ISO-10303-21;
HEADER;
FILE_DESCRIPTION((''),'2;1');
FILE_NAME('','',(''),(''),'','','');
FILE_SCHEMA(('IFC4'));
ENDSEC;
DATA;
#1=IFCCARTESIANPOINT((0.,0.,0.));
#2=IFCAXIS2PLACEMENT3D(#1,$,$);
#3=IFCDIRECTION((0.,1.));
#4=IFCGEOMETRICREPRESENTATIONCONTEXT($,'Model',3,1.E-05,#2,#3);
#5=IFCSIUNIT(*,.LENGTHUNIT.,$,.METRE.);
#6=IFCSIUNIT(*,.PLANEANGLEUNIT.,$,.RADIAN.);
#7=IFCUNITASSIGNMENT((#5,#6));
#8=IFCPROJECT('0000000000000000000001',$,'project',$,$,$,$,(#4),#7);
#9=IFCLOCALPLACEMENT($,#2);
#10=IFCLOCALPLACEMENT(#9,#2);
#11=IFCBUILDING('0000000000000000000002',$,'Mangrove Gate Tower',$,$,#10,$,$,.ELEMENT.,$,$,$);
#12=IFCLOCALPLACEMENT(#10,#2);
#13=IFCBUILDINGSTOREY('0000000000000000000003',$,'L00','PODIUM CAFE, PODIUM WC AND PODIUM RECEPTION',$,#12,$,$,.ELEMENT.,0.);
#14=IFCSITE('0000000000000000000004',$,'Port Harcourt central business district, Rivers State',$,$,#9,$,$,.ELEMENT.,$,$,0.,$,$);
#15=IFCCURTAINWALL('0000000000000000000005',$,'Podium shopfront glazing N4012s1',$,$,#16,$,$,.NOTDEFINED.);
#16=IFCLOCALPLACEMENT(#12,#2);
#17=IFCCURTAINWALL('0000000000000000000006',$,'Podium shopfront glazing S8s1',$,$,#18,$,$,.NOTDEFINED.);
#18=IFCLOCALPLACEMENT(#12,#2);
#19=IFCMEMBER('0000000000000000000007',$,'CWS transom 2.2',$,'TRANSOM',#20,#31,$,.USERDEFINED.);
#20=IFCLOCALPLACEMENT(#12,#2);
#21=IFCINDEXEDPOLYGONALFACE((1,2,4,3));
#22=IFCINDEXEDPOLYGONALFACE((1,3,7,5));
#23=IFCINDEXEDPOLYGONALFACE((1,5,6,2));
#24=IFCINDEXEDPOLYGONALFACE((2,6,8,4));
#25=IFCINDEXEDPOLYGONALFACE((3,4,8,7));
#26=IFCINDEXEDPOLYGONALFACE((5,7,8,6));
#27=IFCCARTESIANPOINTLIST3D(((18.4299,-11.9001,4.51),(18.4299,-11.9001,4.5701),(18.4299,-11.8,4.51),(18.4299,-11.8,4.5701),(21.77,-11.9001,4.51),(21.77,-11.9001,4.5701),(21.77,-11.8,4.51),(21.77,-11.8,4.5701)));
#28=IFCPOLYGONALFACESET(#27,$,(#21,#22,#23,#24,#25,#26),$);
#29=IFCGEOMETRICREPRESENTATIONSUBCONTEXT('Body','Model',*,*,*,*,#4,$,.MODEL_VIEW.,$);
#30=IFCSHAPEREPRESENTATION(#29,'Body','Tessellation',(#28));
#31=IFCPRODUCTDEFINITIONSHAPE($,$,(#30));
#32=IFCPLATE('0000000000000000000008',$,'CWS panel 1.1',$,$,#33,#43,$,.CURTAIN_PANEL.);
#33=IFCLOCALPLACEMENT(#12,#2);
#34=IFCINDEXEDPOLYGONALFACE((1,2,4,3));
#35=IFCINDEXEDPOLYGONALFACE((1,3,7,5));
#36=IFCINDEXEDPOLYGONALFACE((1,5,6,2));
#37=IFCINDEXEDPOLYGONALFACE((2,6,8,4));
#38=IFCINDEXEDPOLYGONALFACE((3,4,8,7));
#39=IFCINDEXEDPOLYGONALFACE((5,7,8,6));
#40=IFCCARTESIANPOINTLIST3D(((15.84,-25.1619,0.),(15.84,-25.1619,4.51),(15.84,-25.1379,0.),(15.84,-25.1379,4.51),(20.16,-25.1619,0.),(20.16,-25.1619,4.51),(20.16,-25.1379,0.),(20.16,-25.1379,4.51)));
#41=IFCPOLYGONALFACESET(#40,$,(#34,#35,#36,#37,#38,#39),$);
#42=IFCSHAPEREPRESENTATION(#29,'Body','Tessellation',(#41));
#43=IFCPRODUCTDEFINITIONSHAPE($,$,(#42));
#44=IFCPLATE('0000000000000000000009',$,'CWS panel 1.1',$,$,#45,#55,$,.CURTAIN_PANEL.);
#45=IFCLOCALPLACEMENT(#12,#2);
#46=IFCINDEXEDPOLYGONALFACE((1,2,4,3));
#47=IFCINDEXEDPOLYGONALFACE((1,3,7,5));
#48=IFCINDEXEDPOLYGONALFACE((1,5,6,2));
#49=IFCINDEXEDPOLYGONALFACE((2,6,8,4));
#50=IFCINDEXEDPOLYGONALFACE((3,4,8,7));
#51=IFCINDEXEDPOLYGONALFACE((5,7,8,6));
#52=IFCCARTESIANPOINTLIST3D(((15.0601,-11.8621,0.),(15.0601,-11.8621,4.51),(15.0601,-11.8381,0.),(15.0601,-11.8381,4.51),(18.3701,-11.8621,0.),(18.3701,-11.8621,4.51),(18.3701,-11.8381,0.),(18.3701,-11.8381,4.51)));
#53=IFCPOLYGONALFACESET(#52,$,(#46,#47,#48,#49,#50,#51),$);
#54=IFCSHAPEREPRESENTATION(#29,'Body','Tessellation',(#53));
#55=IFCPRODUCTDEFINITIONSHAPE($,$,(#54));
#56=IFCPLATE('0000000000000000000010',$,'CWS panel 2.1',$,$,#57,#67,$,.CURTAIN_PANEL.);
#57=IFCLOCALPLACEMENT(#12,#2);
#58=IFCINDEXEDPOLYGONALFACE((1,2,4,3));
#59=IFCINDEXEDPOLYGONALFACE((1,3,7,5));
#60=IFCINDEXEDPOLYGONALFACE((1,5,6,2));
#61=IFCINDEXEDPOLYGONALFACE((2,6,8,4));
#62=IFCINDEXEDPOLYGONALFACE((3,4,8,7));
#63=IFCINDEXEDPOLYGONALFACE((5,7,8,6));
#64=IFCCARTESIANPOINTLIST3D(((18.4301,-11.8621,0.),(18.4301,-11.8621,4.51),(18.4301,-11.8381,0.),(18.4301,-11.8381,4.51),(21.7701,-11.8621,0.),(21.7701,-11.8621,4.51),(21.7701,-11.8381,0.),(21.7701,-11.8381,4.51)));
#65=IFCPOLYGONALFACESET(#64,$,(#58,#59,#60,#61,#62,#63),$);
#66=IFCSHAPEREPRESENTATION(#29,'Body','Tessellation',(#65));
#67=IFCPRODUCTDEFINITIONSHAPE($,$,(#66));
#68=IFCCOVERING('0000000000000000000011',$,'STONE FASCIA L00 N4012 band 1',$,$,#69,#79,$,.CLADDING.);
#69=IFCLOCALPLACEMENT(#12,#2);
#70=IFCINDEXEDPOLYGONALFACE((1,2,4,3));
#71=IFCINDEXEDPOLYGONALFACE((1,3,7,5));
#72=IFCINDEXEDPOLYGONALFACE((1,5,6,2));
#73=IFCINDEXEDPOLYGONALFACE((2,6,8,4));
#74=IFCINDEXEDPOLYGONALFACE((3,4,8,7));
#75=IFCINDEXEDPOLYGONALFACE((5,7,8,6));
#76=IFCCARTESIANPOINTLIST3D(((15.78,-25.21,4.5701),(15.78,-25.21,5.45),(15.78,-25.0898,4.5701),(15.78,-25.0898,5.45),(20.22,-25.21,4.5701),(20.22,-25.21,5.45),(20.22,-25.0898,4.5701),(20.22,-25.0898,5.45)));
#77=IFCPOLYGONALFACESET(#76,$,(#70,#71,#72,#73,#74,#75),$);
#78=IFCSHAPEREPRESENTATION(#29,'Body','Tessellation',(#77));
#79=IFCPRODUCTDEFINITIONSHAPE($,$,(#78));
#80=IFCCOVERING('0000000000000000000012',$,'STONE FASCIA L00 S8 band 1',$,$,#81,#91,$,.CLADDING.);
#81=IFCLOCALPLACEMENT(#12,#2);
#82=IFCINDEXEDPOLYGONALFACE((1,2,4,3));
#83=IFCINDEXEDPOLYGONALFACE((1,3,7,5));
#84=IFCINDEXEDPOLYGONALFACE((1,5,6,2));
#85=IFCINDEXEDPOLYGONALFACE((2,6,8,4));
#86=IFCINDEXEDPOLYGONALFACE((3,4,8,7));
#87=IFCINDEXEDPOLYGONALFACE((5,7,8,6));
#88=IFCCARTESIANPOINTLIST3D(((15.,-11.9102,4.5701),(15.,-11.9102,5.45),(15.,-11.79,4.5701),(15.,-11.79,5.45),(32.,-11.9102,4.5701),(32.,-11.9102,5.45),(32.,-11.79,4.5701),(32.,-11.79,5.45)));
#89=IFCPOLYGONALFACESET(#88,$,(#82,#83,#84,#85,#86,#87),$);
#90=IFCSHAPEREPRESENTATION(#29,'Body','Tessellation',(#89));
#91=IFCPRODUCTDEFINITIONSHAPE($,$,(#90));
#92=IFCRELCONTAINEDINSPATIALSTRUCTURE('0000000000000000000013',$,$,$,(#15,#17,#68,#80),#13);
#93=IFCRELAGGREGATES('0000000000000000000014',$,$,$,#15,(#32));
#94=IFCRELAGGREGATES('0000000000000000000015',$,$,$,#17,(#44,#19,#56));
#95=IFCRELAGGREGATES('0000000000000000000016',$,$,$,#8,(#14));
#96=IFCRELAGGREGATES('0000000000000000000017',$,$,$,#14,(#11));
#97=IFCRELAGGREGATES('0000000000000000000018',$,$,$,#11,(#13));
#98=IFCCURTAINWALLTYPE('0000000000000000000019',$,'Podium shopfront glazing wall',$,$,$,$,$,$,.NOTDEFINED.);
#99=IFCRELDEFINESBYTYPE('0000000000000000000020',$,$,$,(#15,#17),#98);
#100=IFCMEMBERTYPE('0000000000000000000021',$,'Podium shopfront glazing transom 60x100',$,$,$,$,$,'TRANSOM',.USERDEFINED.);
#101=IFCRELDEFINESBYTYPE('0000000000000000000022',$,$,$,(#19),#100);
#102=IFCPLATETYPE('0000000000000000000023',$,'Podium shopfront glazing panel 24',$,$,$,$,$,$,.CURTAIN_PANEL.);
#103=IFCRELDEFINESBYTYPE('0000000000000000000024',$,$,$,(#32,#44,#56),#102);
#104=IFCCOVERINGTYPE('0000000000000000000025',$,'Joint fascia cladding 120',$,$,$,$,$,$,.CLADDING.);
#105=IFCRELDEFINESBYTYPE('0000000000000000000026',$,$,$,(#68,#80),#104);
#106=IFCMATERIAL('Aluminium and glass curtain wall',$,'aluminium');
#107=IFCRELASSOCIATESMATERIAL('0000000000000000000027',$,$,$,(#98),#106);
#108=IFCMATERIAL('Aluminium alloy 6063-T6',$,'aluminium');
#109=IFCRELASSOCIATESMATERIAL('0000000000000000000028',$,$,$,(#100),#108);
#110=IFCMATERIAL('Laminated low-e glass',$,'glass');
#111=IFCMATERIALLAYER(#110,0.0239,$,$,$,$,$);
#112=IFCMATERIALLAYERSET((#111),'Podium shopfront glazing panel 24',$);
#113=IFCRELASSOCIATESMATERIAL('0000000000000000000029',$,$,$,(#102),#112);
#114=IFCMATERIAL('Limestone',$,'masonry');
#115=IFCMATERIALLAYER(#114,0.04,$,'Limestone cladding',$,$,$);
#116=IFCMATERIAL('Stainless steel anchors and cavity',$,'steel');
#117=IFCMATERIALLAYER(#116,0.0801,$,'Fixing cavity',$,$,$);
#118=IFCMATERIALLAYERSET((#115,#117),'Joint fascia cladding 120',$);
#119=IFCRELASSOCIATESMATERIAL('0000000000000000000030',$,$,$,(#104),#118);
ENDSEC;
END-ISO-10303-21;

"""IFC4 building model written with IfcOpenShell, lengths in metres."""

from ifc_helpers import new_model, si_unit, direction, frame, frame_2d, origin, origin_2d, place, context, subcontext, project, spatial, rectangle, extrude, material, layer, layer_set, material_profile, profile_set, type_object, element, aggregate, save


model = new_model("IFC4")

# Units and contexts
model_context = context("Model", 3, precision=1e-05, world=origin(), true_north=direction((0.0, 1.0)))
body_context = subcontext(model_context, "Body", "Model", "MODEL_VIEW")
ifc_project = project(units=[si_unit("LENGTHUNIT", "METRE"), si_unit("PLANEANGLEUNIT", "RADIAN")], contexts=[model_context])

# Site, building, storey
site_placement = place(None, origin())
site = spatial("IfcSite", under=ifc_project, at=site_placement, Name="Port Harcourt central business district, Rivers State", CompositionType="ELEMENT", RefElevation=0.0)
building_placement = place(site_placement, origin())
building = spatial("IfcBuilding", under=site, at=building_placement, Name="Mangrove Gate Tower", CompositionType="ELEMENT")
storey_placement = place(building_placement, origin())
storey = spatial("IfcBuildingStorey", under=building, at=storey_placement, Name="L00", Description="PODIUM CAFE, PODIUM WC AND PODIUM RECEPTION", CompositionType="ELEMENT", Elevation=0.0)

# Curtain walls
ifc_material_1 = material(Name="Aluminium and glass curtain wall", Category="aluminium")
curtain_wall_type = type_object("IfcCurtainWallType", Name="Podium shopfront glazing wall", PredefinedType="NOTDEFINED", material=ifc_material_1)
curtain_wall_1_placement = place(storey_placement, origin())
curtain_wall_1 = element("IfcCurtainWall", 1, at=curtain_wall_1_placement, inside=storey, type_object=curtain_wall_type, Name="Podium shopfront glazing N4012s1", PredefinedType="NOTDEFINED")
curtain_wall_2_placement = place(storey_placement, origin())
curtain_wall_2 = element("IfcCurtainWall", 2, at=curtain_wall_2_placement, inside=storey, type_object=curtain_wall_type, Name="Podium shopfront glazing S8s1", PredefinedType="NOTDEFINED")

# Member
ifc_material_2 = material(Name="Aluminium alloy 6063-T6", Category="aluminium")
ifc_material_profile_1 = material_profile(ifc_material_2, rectangle(XDim=0.0601, YDim=0.1001, at=origin_2d()))
ifc_profile_set_1 = profile_set([ifc_material_profile_1], Name="Aluminium alloy 6063-T6")
member_type_1 = type_object("IfcMemberType", Name="Podium shopfront glazing transom 60x100", ElementType="TRANSOM", PredefinedType="USERDEFINED", material=ifc_profile_set_1)
member_1_placement = place(storey_placement, frame((18.4299, -11.8501, 4.54), z_axis=(1.0, 0.0, 0.0), x_axis=(0.0, 0.0, 1.0)))
member_1 = element("IfcMember", 3, at=member_1_placement, type_object=member_type_1, Name="CWS transom 2.2", ObjectType="TRANSOM", PredefinedType="USERDEFINED", context=body_context, shape_type="SweptSolid", body=[
    extrude(rectangle(XDim=0.0601, YDim=0.1001, at=origin_2d()), origin(), (0.0, 0.0, 1.0), 3.3401),
])

# Plates
ifc_material_3 = material(Name="Laminated low-e glass", Category="glass")
ifc_layer_1 = layer(ifc_material_3, 0.0239)
ifc_layer_set_1 = layer_set([ifc_layer_1], Name="Podium shopfront glazing panel 24")
plate_type = type_object("IfcPlateType", Name="Podium shopfront glazing panel 24", PredefinedType="CURTAIN_PANEL", material=ifc_layer_set_1)
plate_1_placement = place(storey_placement, frame((18.0, -25.1499, 0.0), z_axis=(0.0, 0.0, 1.0), x_axis=(-1.0, 0.0, 0.0)))
plate_1 = element("IfcPlate", 4, at=plate_1_placement, type_object=plate_type, Name="CWS panel 1.1", PredefinedType="CURTAIN_PANEL", context=body_context, shape_type="SweptSolid", body=[
    extrude(rectangle(XDim=4.3201, YDim=0.0239, at=origin_2d()), origin(), (0.0, 0.0, 1.0), 4.51),
])
aggregate(curtain_wall_1, [plate_1])
plate_2_placement = place(storey_placement, frame((16.7151, -11.8501, 0.0), z_axis=(0.0, 0.0, 1.0), x_axis=(1.0, 0.0, 0.0)))
plate_2 = element("IfcPlate", 5, at=plate_2_placement, type_object=plate_type, Name="CWS panel 1.1", PredefinedType="CURTAIN_PANEL", context=body_context, shape_type="SweptSolid", body=[
    extrude(rectangle(XDim=3.3101, YDim=0.0239, at=origin_2d()), origin(), (0.0, 0.0, 1.0), 4.51),
])
plate_3_placement = place(storey_placement, frame((20.1001, -11.8501, 0.0), z_axis=(0.0, 0.0, 1.0), x_axis=(1.0, 0.0, 0.0)))
plate_3 = element("IfcPlate", 6, at=plate_3_placement, type_object=plate_type, Name="CWS panel 2.1", PredefinedType="CURTAIN_PANEL", context=body_context, shape_type="SweptSolid", body=[
    extrude(rectangle(XDim=3.3401, YDim=0.0239, at=origin_2d()), origin(), (0.0, 0.0, 1.0), 4.51),
])
aggregate(curtain_wall_2, [plate_2, member_1, plate_3])

# Coverings
ifc_material_4 = material(Name="Limestone", Category="masonry")
ifc_layer_2 = layer(ifc_material_4, 0.04, Name="Limestone cladding")
ifc_material_5 = material(Name="Stainless steel anchors and cavity", Category="steel")
ifc_layer_3 = layer(ifc_material_5, 0.0801, Name="Fixing cavity")
ifc_layer_set_2 = layer_set([ifc_layer_2, ifc_layer_3], Name="Joint fascia cladding 120")
covering_type = type_object("IfcCoveringType", Name="Joint fascia cladding 120", PredefinedType="CLADDING", material=ifc_layer_set_2)
covering_1_placement = place(storey_placement, frame((20.22, -25.1499, 4.5701), z_axis=(0.0, 0.0, 1.0), x_axis=(-1.0, 0.0, 0.0)))
element("IfcCovering", 7, at=covering_1_placement, inside=storey, type_object=covering_type, Name="STONE FASCIA L00 N4012 band 1", PredefinedType="CLADDING", context=body_context, shape_type="SweptSolid", body=[
    extrude(rectangle(XDim=4.4399, YDim=0.1201, at=frame_2d((2.22, 0.0))), origin(), (0.0, 0.0, 1.0), 0.8799),
])
covering_2_placement = place(storey_placement, frame((15.0, -11.8501, 4.5701), z_axis=(0.0, 0.0, 1.0), x_axis=(1.0, 0.0, 0.0)))
element("IfcCovering", 8, at=covering_2_placement, inside=storey, type_object=covering_type, Name="STONE FASCIA L00 S8 band 1", PredefinedType="CLADDING", context=body_context, shape_type="SweptSolid", body=[
    extrude(rectangle(XDim=17.0, YDim=0.1201, at=frame_2d((8.5, 0.0))), origin(), (0.0, 0.0, 1.0), 0.8799),
])

save(model, "model.ifc")
